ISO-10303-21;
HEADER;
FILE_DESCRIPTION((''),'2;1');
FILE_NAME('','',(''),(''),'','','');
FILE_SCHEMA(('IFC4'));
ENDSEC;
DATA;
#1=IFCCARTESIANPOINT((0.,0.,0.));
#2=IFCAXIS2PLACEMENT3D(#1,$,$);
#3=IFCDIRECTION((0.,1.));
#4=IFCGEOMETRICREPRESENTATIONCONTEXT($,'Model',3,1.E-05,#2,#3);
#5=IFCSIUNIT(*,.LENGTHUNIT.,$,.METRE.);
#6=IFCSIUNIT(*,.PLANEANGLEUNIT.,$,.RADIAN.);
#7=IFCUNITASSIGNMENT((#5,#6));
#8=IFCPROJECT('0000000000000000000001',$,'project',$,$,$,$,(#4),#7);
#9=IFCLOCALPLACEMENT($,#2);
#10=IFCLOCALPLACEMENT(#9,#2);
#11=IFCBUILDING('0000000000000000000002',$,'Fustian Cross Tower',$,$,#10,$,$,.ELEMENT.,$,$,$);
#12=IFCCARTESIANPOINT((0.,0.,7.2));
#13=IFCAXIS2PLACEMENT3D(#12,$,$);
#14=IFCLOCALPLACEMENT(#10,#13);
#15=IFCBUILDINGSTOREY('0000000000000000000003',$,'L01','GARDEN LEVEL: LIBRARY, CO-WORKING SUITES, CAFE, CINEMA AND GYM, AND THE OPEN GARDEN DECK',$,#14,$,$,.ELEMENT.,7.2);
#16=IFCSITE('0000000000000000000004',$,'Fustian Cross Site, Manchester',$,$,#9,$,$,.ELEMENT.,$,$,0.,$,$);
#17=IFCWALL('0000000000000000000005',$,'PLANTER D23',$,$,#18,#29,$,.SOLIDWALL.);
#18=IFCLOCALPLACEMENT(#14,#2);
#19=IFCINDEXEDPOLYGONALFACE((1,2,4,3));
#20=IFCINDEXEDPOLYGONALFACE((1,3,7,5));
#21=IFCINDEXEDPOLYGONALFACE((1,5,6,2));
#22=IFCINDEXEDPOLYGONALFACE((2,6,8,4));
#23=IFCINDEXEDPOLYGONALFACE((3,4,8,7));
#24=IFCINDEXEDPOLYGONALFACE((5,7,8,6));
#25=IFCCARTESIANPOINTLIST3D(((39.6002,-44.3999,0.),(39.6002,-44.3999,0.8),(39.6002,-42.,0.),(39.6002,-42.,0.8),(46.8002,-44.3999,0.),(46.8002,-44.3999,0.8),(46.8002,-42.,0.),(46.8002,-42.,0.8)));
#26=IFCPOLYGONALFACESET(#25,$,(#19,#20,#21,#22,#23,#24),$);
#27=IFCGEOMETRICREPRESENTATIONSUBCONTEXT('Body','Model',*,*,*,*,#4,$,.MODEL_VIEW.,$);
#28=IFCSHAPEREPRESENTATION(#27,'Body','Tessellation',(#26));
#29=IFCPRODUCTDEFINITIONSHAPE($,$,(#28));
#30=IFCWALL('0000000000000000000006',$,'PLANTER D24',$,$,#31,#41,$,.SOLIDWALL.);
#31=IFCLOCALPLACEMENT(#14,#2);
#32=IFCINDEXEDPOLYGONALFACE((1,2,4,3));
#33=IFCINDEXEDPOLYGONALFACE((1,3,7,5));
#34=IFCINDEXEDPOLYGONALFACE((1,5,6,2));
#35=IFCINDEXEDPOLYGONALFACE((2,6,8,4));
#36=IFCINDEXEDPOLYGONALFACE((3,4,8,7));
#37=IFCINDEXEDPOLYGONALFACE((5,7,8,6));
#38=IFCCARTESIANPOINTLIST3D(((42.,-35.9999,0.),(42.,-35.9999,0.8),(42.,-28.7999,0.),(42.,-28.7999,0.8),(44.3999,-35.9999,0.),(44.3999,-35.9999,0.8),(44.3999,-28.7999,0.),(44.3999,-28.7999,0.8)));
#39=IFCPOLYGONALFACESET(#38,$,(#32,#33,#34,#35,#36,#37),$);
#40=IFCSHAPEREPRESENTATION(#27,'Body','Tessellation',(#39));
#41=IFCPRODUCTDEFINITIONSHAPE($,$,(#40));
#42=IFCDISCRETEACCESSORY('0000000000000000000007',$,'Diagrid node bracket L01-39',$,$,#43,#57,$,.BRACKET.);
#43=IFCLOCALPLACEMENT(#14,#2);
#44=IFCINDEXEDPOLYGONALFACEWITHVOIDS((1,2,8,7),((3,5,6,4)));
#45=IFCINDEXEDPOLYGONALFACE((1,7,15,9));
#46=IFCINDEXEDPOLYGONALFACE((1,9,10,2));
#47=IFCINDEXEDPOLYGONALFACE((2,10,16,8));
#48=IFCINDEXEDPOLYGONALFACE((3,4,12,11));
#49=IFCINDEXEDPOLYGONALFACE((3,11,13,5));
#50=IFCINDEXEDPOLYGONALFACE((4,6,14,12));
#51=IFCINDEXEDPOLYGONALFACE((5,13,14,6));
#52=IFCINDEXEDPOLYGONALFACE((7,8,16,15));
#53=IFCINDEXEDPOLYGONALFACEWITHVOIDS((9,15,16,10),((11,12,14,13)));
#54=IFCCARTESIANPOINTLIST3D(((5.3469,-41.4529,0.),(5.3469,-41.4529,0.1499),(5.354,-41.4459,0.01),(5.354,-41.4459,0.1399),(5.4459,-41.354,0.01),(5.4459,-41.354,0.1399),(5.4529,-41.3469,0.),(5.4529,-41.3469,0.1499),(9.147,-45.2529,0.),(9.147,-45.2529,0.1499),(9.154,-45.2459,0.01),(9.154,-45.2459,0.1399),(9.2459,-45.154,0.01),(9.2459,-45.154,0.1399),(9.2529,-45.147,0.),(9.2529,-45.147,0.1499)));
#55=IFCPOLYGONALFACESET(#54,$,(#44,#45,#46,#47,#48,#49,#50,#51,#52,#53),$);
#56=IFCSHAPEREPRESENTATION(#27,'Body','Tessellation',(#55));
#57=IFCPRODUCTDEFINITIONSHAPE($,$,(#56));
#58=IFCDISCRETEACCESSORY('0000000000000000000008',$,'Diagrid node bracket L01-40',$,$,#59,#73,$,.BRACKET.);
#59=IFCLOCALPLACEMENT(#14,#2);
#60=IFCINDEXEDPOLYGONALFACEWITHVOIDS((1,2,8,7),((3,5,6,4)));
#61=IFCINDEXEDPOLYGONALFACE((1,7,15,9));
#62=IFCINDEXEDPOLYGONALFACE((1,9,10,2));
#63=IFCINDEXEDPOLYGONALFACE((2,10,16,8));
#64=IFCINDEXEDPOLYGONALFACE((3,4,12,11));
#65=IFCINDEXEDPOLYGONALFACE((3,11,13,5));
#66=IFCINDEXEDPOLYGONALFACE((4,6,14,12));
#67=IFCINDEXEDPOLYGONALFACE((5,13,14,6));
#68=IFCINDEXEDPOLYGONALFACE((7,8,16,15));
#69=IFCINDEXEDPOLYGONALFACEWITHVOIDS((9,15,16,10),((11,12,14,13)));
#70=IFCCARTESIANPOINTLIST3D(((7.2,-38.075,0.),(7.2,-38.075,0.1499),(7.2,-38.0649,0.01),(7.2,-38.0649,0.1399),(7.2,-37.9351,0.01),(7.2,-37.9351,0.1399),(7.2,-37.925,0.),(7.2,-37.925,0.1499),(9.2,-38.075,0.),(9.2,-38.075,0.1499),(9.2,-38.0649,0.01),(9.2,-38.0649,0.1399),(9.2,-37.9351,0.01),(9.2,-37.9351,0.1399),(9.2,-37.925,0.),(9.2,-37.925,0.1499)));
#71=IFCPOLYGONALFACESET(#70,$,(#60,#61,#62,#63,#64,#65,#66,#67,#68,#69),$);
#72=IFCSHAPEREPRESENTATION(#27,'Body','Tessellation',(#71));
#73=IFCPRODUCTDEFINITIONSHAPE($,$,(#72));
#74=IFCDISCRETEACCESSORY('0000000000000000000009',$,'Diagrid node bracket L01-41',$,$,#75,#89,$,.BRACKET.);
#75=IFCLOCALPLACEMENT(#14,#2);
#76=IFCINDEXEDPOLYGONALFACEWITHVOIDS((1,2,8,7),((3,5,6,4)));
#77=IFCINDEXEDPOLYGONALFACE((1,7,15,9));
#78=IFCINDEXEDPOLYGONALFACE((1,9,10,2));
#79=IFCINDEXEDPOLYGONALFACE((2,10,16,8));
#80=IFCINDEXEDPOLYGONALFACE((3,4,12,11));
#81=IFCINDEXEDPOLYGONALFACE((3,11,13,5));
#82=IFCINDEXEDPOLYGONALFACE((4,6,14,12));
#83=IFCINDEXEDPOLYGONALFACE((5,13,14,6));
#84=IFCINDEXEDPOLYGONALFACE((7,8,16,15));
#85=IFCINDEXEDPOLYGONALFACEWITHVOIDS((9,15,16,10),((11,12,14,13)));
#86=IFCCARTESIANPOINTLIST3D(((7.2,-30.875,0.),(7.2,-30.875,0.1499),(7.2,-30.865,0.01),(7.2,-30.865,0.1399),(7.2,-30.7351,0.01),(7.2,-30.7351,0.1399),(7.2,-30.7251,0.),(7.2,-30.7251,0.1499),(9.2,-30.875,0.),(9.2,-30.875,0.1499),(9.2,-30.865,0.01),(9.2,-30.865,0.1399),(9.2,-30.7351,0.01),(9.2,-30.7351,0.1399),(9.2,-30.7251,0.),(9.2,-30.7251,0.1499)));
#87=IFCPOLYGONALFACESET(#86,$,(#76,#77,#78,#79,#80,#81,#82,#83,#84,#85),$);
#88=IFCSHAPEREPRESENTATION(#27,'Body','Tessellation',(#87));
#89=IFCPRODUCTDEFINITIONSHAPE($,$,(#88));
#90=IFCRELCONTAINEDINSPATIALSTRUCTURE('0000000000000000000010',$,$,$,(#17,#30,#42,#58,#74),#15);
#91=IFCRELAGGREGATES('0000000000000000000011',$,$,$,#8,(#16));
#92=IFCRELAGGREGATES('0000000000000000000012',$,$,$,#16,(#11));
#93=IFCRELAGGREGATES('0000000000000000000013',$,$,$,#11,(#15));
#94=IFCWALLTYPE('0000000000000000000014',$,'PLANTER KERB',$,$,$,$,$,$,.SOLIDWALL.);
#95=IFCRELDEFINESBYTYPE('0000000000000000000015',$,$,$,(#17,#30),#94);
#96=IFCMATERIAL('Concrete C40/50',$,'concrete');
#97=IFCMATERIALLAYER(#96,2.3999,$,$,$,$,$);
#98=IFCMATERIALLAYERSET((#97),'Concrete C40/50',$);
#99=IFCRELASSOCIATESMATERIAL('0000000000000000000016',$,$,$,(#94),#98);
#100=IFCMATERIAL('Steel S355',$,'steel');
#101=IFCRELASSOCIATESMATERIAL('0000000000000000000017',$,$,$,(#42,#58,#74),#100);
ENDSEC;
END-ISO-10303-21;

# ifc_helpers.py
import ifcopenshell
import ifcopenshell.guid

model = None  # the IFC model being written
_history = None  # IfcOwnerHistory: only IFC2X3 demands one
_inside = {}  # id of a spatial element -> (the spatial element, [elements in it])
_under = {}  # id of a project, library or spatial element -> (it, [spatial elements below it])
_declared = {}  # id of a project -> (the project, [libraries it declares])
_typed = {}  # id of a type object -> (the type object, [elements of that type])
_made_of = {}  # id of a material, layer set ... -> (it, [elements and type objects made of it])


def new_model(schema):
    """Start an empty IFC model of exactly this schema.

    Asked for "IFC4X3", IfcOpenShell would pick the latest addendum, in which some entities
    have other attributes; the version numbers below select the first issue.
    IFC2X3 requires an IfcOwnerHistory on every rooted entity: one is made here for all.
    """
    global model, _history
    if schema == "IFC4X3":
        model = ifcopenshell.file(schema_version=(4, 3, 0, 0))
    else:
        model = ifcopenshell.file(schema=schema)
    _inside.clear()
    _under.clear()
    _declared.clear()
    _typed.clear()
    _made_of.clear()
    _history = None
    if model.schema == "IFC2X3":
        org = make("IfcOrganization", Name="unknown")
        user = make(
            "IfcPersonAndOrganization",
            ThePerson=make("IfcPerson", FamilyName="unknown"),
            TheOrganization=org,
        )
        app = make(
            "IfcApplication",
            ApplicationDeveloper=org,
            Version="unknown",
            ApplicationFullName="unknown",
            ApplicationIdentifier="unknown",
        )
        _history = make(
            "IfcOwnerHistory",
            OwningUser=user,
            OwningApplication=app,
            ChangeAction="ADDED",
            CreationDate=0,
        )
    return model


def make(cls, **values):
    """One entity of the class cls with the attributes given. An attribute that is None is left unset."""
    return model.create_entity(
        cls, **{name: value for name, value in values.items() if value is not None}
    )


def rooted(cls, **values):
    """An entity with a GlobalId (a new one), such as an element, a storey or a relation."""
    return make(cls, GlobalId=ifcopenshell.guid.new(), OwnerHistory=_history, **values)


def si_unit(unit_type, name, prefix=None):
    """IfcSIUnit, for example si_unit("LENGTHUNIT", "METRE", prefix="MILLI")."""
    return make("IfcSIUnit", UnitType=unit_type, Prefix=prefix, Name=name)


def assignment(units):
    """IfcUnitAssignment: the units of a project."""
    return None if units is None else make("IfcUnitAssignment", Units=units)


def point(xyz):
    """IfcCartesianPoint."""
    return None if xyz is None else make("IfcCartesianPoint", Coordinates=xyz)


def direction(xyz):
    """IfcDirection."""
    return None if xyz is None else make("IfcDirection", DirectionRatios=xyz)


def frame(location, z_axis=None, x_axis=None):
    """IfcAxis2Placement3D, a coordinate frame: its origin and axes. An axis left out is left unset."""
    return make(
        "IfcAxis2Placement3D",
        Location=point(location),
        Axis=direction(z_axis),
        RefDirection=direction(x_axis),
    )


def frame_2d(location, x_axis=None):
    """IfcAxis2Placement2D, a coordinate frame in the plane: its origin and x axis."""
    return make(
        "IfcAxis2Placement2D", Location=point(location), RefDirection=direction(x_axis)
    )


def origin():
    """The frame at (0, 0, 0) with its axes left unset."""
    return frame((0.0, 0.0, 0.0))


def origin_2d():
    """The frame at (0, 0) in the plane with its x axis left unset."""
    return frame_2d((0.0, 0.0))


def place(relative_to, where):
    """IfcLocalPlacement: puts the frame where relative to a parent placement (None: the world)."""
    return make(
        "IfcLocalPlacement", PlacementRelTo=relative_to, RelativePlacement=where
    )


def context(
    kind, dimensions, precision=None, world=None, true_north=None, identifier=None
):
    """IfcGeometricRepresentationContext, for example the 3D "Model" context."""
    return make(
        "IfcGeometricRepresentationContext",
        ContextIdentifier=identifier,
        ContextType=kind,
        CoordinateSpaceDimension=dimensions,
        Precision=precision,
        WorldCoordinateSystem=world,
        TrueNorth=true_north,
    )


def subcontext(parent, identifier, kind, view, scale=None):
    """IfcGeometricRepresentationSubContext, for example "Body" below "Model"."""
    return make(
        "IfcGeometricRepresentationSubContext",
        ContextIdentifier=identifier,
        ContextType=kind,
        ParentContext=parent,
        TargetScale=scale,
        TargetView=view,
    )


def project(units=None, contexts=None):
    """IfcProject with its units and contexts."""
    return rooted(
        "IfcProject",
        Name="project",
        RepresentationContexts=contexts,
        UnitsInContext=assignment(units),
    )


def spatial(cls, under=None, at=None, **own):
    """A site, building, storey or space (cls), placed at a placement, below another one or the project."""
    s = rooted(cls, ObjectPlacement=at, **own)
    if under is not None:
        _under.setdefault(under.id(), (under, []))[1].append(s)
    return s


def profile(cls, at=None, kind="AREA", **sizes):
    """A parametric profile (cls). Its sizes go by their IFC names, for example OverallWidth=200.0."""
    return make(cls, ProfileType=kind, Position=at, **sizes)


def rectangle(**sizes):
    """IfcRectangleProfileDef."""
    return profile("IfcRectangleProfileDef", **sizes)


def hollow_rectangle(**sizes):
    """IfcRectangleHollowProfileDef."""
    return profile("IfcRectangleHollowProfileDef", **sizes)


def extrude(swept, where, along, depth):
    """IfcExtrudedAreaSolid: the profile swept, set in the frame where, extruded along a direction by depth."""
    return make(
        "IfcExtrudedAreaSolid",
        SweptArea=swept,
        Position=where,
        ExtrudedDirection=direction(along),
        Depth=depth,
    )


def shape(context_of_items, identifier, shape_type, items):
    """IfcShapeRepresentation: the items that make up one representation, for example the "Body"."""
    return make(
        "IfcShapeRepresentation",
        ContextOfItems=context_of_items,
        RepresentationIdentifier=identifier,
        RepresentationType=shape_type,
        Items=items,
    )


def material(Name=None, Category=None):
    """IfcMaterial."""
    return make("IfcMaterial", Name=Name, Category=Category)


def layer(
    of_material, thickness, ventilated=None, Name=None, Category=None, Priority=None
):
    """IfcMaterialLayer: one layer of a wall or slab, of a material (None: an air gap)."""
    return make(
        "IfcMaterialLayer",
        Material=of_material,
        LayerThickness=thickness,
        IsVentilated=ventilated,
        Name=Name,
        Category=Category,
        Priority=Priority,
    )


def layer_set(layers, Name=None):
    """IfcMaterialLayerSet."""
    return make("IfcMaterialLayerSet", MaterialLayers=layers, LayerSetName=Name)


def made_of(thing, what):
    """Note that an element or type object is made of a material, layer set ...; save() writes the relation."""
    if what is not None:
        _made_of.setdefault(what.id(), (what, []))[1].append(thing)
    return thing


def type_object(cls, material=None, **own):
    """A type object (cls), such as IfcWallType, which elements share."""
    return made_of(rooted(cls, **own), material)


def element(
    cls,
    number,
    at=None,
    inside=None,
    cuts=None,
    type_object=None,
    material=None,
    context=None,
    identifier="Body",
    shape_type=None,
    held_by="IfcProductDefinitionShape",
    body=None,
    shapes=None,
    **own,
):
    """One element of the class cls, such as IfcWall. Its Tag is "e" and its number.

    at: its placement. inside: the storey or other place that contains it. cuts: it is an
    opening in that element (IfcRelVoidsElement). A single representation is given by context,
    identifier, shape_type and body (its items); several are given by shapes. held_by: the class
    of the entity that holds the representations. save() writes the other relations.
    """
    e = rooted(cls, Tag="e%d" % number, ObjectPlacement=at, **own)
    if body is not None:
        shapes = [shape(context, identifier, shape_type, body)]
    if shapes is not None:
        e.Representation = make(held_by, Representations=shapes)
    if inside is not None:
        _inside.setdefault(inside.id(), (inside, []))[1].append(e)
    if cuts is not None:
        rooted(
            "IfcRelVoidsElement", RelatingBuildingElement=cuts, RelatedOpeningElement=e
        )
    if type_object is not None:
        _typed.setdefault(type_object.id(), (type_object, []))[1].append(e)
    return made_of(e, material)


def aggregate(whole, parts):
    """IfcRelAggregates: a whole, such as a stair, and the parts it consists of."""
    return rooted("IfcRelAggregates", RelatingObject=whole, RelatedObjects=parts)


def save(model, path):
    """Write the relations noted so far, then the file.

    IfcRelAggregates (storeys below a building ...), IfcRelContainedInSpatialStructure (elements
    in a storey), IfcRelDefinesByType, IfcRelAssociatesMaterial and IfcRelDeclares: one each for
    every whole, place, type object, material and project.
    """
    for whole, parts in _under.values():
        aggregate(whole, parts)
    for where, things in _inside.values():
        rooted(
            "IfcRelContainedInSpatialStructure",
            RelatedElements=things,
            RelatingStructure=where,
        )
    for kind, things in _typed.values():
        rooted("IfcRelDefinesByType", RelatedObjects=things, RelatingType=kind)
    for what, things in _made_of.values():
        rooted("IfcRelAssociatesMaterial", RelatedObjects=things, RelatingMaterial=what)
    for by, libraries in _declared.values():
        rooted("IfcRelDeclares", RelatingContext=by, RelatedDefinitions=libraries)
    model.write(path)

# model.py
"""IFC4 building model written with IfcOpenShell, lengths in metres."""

from ifc_helpers import new_model, si_unit, direction, frame, frame_2d, origin, origin_2d, place, context, subcontext, project, spatial, rectangle, hollow_rectangle, extrude, material, layer, layer_set, type_object, element, save


model = new_model("IFC4")

# Units and contexts
model_context = context("Model", 3, precision=1e-05, world=origin(), true_north=direction((0.0, 1.0)))
body_context = subcontext(model_context, "Body", "Model", "MODEL_VIEW")
ifc_project = project(units=[si_unit("LENGTHUNIT", "METRE"), si_unit("PLANEANGLEUNIT", "RADIAN")], contexts=[model_context])

# Site, building, storey
site_placement = place(None, origin())
site = spatial("IfcSite", under=ifc_project, at=site_placement, Name="Fustian Cross Site, Manchester", CompositionType="ELEMENT", RefElevation=0.0)
building_placement = place(site_placement, origin())
building = spatial("IfcBuilding", under=site, at=building_placement, Name="Fustian Cross Tower", CompositionType="ELEMENT")
storey_placement = place(building_placement, frame((0.0, 0.0, 7.2)))
storey = spatial("IfcBuildingStorey", under=building, at=storey_placement, Name="L01", Description="GARDEN LEVEL: LIBRARY, CO-WORKING SUITES, CAFE, CINEMA AND GYM, AND THE OPEN GARDEN DECK", CompositionType="ELEMENT", Elevation=7.2)

# Walls
ifc_material_1 = material(Name="Concrete C40/50", Category="concrete")
ifc_layer_1 = layer(ifc_material_1, 2.3999)
ifc_layer_set_1 = layer_set([ifc_layer_1], Name="Concrete C40/50")
wall_type_1 = type_object("IfcWallType", Name="PLANTER KERB", PredefinedType="SOLIDWALL", material=ifc_layer_set_1)
for number, where, z_axis, x_axis, name in (
    (1, (39.6001, -43.2, 0.0), (0.0, 0.0, 1.0), (1.0, 0.0, 0.0), "PLANTER D23"),
    (2, (43.2, -36.0, 0.0), (0.0, 0.0, 1.0), (0.0, 1.0, 0.0), "PLANTER D24"),
):
    element("IfcWall", number, at=place(storey_placement, frame(where, z_axis=z_axis, x_axis=x_axis)), inside=storey, type_object=wall_type_1, Name=name, PredefinedType="SOLIDWALL", context=body_context, shape_type="SweptSolid", body=[
        extrude(rectangle(XDim=7.2, YDim=2.3999, at=frame_2d((3.6001, 0.0))), origin(), (0.0, 0.0, 1.0), 0.8),
    ])

# Discrete accessories
ifc_material_2 = material(Name="Steel S355", Category="steel")
discrete_accessory_placement = place(storey_placement, frame((9.2, -45.2, 0.075), z_axis=(-0.707107, 0.707107, 0.0), x_axis=(-0.707107, -0.707107, 0.0)))
element("IfcDiscreteAccessory", 3, at=discrete_accessory_placement, inside=storey, material=ifc_material_2, Name="Diagrid node bracket L01-39", PredefinedType="BRACKET", context=body_context, shape_type="SweptSolid", body=[
    extrude(hollow_rectangle(XDim=0.1499, YDim=0.1499, WallThickness=0.01, at=origin_2d()), origin(), (0.0, 0.0, 1.0), 5.374),
])
for number, where, z_axis, x_axis, name in (
    (4, (9.2, -38.0, 0.075), (-1.0, 0.0, 0.0), (0.0, -1.0, 0.0), "Diagrid node bracket L01-40"),
    (5, (9.2, -30.8, 0.075), (-1.0, 0.0, 0.0), (0.0, -1.0, 0.0), "Diagrid node bracket L01-41"),
):
    element("IfcDiscreteAccessory", number, at=place(storey_placement, frame(where, z_axis=z_axis, x_axis=x_axis)), inside=storey, material=ifc_material_2, Name=name, PredefinedType="BRACKET", context=body_context, shape_type="SweptSolid", body=[
        extrude(hollow_rectangle(XDim=0.1499, YDim=0.1499, WallThickness=0.01, at=origin_2d()), origin(), (0.0, 0.0, 1.0), 2.0),
    ])

save(model, "model.ifc")
